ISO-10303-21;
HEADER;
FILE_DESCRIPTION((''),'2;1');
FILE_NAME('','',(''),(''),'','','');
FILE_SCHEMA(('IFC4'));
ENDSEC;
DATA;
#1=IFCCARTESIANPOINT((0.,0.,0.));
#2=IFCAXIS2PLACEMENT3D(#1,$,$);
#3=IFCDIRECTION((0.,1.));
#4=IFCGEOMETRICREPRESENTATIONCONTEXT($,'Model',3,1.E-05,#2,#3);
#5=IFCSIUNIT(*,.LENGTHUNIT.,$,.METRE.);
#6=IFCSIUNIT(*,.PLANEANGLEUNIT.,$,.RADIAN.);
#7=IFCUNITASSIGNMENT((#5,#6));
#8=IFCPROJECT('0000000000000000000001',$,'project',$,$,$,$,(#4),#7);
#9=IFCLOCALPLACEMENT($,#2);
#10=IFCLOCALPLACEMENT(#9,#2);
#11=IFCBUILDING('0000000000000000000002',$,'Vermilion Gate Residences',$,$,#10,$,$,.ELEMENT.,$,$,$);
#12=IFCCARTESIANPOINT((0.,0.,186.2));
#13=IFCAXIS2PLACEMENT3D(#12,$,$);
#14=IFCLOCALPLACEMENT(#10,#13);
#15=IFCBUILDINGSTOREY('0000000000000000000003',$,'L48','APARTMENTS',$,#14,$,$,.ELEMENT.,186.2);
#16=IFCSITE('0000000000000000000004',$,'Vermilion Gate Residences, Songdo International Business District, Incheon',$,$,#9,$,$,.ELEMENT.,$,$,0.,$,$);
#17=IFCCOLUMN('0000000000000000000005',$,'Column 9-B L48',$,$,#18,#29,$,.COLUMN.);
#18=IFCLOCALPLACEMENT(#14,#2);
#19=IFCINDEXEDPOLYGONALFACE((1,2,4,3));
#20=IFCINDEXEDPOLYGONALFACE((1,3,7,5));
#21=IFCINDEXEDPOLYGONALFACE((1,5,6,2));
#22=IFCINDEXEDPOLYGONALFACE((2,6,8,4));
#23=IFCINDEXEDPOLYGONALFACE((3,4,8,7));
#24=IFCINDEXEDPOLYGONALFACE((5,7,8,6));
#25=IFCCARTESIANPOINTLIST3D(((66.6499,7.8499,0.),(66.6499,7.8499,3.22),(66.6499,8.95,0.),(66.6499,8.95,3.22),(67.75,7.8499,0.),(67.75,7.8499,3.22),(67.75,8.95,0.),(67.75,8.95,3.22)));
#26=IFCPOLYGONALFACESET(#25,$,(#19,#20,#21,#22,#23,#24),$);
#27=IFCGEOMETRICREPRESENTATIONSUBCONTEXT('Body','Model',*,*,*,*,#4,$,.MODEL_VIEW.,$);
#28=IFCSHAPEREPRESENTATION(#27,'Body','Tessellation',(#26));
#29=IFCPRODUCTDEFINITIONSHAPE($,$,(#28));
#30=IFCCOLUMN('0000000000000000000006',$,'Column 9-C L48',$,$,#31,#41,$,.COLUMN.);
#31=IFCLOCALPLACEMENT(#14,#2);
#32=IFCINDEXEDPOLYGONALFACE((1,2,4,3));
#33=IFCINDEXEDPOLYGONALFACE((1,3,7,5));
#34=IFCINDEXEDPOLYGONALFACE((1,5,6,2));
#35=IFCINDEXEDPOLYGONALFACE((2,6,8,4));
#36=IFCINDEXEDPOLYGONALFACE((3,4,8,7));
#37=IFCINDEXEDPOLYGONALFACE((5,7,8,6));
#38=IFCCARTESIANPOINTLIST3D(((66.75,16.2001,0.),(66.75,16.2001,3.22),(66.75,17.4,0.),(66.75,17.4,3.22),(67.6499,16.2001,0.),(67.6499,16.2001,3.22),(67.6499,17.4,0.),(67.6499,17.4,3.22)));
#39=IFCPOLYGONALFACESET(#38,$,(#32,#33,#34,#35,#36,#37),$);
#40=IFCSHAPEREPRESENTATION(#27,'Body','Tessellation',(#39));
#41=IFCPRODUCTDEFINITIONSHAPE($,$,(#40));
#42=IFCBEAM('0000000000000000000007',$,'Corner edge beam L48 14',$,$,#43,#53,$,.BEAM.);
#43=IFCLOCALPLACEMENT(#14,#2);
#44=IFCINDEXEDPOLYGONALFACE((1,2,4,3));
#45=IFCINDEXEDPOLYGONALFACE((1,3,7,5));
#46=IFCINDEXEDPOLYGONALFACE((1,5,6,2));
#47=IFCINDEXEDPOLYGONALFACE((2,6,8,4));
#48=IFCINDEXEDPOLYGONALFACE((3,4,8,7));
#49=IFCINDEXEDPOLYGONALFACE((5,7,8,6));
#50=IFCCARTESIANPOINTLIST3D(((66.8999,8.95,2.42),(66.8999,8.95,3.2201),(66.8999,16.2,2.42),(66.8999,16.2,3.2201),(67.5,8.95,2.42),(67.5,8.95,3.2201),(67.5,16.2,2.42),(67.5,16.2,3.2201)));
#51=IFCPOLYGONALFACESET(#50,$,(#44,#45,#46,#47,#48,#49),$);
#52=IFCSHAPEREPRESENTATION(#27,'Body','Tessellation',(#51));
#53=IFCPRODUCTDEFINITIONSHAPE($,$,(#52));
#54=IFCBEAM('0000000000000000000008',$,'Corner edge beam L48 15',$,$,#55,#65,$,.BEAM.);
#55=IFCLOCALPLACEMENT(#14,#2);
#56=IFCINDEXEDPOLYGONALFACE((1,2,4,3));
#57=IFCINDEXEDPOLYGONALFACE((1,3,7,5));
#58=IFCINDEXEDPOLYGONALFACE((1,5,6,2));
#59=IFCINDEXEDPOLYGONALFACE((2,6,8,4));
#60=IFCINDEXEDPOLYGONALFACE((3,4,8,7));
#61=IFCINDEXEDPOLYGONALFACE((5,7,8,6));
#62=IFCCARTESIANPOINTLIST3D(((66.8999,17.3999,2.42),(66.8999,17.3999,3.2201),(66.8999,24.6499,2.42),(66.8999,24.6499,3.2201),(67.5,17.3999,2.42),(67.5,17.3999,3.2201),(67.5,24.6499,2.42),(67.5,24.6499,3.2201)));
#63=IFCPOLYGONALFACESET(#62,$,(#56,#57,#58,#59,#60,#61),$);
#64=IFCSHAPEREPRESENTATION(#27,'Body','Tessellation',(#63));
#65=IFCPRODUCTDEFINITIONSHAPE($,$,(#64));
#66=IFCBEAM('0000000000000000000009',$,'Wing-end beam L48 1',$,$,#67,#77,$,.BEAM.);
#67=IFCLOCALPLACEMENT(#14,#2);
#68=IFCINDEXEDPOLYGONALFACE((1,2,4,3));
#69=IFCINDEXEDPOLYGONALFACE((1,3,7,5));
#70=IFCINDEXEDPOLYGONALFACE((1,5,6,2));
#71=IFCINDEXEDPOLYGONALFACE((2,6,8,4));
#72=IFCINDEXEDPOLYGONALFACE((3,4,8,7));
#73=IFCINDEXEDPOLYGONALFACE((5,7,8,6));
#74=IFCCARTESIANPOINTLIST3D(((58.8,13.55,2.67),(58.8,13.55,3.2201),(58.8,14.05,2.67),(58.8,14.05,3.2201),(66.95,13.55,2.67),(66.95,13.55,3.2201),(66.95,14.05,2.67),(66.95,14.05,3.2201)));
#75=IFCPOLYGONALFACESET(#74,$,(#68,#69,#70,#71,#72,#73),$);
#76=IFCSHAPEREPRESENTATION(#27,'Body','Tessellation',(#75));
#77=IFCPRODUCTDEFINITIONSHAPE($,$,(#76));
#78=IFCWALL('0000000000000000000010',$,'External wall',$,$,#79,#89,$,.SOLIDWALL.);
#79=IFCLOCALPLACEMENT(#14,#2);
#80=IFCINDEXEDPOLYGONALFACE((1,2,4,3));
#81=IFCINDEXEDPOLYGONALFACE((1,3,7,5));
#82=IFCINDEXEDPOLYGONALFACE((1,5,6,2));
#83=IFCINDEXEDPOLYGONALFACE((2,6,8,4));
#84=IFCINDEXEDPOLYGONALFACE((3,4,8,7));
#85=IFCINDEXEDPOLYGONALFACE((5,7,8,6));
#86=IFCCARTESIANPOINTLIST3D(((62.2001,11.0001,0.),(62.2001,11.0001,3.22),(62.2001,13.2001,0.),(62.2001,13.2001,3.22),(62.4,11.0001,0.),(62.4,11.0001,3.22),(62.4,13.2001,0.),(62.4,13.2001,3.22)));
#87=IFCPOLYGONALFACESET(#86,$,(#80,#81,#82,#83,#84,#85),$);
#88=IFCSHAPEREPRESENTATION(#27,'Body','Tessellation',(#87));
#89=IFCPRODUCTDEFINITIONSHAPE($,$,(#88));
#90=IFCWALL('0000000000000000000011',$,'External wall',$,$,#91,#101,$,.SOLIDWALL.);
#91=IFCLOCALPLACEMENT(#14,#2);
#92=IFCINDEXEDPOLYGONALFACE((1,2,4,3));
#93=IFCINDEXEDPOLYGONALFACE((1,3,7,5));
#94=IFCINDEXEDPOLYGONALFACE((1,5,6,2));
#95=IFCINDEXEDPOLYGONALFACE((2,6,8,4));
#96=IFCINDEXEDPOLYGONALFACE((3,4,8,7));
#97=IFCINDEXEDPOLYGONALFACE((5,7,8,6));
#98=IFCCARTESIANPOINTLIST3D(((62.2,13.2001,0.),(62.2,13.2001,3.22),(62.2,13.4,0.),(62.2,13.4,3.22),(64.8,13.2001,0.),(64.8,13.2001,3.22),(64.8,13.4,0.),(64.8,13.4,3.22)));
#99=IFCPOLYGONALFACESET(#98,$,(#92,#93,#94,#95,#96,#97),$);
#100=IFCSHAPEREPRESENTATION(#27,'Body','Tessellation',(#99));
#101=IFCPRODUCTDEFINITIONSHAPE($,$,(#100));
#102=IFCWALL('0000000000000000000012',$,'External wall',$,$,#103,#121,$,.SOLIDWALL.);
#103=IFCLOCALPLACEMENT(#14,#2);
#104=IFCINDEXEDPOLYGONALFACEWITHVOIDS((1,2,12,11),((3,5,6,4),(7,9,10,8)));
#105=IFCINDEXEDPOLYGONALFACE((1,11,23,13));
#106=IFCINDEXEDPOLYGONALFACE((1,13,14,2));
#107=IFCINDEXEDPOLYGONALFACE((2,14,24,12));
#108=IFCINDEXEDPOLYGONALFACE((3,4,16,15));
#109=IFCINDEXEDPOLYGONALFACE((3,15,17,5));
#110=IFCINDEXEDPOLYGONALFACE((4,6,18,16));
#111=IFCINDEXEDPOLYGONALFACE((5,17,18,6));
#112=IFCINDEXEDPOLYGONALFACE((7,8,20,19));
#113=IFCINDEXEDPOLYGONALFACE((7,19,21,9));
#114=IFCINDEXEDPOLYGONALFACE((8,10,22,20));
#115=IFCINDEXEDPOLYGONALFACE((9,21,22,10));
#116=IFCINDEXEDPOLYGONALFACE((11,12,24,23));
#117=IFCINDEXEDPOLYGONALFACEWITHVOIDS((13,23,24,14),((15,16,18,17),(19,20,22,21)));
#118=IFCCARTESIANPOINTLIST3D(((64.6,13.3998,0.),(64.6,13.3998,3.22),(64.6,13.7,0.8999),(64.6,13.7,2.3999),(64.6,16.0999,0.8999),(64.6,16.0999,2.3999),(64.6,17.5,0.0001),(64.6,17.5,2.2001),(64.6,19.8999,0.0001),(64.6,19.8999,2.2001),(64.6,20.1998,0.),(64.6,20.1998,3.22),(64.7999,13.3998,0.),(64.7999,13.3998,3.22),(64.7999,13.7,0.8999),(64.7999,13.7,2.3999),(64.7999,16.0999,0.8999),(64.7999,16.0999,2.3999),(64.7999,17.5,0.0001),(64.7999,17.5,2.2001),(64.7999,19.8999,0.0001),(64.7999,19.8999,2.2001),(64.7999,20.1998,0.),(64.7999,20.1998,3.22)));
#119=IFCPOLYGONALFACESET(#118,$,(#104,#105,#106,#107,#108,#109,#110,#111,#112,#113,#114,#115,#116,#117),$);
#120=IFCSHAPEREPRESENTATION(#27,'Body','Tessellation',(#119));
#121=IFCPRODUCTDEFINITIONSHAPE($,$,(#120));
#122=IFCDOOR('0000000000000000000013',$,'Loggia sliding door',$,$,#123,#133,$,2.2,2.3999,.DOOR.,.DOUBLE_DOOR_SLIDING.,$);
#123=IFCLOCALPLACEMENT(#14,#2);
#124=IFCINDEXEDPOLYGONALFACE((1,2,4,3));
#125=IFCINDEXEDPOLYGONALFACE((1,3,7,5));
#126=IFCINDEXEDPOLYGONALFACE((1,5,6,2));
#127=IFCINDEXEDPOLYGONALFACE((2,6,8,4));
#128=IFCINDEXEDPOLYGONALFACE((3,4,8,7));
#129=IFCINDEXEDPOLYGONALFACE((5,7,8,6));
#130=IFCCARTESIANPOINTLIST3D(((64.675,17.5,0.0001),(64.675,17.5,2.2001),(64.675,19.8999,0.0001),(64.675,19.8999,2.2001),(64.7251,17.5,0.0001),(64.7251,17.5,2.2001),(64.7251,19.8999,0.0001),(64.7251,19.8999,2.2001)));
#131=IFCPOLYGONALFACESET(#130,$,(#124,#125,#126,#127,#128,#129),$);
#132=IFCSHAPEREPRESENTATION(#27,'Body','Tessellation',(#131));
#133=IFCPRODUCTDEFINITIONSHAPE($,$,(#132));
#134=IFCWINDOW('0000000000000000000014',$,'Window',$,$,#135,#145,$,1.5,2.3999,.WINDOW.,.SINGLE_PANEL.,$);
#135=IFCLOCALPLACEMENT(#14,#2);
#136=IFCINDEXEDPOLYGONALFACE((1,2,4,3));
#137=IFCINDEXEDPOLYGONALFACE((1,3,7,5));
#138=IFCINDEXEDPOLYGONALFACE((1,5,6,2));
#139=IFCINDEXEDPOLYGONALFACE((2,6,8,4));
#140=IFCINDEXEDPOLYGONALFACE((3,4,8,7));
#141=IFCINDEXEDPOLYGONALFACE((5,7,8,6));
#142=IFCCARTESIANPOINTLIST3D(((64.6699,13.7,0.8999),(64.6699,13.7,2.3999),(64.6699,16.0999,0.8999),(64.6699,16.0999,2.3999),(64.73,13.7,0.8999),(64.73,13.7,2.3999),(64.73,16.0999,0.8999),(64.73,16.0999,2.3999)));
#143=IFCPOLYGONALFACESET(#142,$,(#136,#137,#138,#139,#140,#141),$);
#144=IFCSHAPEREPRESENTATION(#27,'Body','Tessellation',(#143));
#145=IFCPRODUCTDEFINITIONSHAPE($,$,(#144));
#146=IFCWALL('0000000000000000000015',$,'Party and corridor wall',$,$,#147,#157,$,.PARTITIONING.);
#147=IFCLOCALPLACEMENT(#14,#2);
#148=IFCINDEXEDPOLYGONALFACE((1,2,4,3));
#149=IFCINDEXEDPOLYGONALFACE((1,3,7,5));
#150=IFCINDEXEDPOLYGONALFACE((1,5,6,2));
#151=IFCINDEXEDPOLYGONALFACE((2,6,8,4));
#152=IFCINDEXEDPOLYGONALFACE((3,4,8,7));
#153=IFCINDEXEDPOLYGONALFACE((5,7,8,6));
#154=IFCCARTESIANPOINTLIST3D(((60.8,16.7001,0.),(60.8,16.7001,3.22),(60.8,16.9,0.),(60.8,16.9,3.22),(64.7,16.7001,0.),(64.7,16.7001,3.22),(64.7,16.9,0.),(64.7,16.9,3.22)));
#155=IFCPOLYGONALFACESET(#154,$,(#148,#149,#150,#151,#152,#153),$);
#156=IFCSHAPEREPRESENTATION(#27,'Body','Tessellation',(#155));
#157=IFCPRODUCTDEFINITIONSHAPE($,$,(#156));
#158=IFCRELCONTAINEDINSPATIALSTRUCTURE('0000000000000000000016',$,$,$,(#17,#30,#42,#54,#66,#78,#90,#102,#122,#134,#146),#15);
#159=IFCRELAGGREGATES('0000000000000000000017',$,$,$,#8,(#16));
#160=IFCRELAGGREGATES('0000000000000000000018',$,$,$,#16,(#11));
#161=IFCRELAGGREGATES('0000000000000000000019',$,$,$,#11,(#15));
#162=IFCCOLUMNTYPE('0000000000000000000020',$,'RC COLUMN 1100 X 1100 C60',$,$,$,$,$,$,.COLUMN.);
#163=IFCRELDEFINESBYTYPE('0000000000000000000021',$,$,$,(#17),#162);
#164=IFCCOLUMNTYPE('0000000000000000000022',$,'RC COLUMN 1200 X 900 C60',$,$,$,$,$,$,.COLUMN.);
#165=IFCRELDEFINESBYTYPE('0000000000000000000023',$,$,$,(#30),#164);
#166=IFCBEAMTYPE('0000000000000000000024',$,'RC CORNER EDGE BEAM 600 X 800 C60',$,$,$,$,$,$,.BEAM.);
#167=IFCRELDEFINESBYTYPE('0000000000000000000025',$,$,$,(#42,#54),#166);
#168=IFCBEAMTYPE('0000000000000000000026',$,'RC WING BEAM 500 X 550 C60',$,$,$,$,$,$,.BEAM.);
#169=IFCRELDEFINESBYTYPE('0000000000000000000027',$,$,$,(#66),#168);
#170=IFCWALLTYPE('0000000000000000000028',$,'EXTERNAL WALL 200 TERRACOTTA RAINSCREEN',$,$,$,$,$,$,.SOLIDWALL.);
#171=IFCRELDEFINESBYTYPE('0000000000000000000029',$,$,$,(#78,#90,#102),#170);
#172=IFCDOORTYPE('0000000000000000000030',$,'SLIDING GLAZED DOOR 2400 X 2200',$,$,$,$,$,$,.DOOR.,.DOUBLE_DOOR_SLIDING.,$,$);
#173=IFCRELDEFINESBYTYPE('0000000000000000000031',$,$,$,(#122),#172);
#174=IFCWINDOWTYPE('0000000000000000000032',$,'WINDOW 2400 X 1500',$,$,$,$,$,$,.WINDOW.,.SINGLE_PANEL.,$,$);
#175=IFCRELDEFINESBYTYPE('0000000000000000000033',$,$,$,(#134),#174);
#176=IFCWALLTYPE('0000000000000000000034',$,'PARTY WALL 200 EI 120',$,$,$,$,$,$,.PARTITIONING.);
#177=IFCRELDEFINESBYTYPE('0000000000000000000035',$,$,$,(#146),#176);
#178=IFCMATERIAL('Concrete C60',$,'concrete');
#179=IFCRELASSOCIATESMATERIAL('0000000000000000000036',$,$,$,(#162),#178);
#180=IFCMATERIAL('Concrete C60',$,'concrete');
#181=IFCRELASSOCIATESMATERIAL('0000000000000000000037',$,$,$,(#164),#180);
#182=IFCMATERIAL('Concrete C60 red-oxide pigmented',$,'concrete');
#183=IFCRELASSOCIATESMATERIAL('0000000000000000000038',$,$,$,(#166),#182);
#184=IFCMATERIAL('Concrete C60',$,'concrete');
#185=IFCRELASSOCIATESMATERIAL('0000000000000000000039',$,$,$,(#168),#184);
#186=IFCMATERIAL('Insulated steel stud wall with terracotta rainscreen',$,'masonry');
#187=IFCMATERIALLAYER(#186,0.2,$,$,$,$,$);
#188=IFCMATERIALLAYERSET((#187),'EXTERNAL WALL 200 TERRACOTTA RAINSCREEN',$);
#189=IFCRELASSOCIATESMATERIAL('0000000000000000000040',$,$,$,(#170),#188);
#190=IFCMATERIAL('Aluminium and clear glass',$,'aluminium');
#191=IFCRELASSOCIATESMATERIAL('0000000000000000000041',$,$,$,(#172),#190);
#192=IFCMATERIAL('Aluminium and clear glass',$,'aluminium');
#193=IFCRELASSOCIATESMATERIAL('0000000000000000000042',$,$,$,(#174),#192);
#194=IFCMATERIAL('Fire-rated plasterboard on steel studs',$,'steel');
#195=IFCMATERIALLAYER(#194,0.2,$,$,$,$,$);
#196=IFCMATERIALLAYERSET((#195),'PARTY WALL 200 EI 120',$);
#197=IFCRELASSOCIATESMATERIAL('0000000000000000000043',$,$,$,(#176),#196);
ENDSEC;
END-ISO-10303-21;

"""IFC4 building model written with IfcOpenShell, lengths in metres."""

from ifc_helpers import new_model, si_unit, direction, frame, frame_2d, origin, origin_2d, place, context, subcontext, project, spatial, rectangle, extrude, material, layer, layer_set, material_profile, profile_set, type_object, element, fill, save


model = new_model("IFC4")

# Units and contexts
model_context = context("Model", 3, precision=1e-05, world=origin(), true_north=direction((0.0, 1.0)))
body_context = subcontext(model_context, "Body", "Model", "MODEL_VIEW")
ifc_project = project(units=[si_unit("LENGTHUNIT", "METRE"), si_unit("PLANEANGLEUNIT", "RADIAN")], contexts=[model_context])

# Site, building, storey
site_placement = place(None, origin())
site = spatial("IfcSite", under=ifc_project, at=site_placement, Name="Vermilion Gate Residences, Songdo International Business District, Incheon", CompositionType="ELEMENT", RefElevation=0.0)
building_placement = place(site_placement, origin())
building = spatial("IfcBuilding", under=site, at=building_placement, Name="Vermilion Gate Residences", CompositionType="ELEMENT")
storey_placement = place(building_placement, frame((0.0, 0.0, 186.2)))
storey = spatial("IfcBuildingStorey", under=building, at=storey_placement, Name="L48", Description="APARTMENTS", CompositionType="ELEMENT", Elevation=186.2)

# Columns
ifc_material_1 = material(Name="Concrete C60", Category="concrete")
ifc_material_profile_1 = material_profile(ifc_material_1, rectangle(XDim=1.1001, YDim=1.1001, at=origin_2d()), Name="RC-1100x1100")
ifc_profile_set_1 = profile_set([ifc_material_profile_1], Name="Concrete C60")
column_type_1 = type_object("IfcColumnType", Name="RC COLUMN 1100 X 1100 C60", PredefinedType="COLUMN", material=ifc_profile_set_1)
column_1_placement = place(storey_placement, frame((67.2, 8.3999, 0.0), z_axis=(0.0, 0.0, 1.0), x_axis=(1.0, 0.0, 0.0)))
element("IfcColumn", 1, at=column_1_placement, inside=storey, type_object=column_type_1, Name="Column 9-B L48", PredefinedType="COLUMN", context=body_context, shape_type="SweptSolid", body=[
    extrude(rectangle(XDim=1.1001, YDim=1.1001, at=origin_2d()), origin(), (0.0, 0.0, 1.0), 3.22),
])
ifc_material_2 = material(Name="Concrete C60", Category="concrete")
ifc_material_profile_2 = material_profile(ifc_material_2, rectangle(XDim=1.2, YDim=0.8999, at=origin_2d()), Name="RC-1200x900")
ifc_profile_set_2 = profile_set([ifc_material_profile_2], Name="Concrete C60")
column_type_2 = type_object("IfcColumnType", Name="RC COLUMN 1200 X 900 C60", PredefinedType="COLUMN", material=ifc_profile_set_2)
column_2_placement = place(storey_placement, frame((67.2, 16.8, 0.0), z_axis=(0.0, 0.0, 1.0), x_axis=(0.0, 1.0, 0.0)))
element("IfcColumn", 2, at=column_2_placement, inside=storey, type_object=column_type_2, Name="Column 9-C L48", PredefinedType="COLUMN", context=body_context, shape_type="SweptSolid", body=[
    extrude(rectangle(XDim=1.2, YDim=0.8999, at=origin_2d()), origin(), (0.0, 0.0, 1.0), 3.22),
])

# Beams
ifc_material_3 = material(Name="Concrete C60 red-oxide pigmented", Category="concrete")
ifc_material_profile_3 = material_profile(ifc_material_3, rectangle(XDim=0.6001, YDim=0.8, at=origin_2d()), Name="RC-600x800")
ifc_profile_set_3 = profile_set([ifc_material_profile_3], Name="Concrete C60 red-oxide pigmented")
beam_type_1 = type_object("IfcBeamType", Name="RC CORNER EDGE BEAM 600 X 800 C60", PredefinedType="BEAM", material=ifc_profile_set_3)
for number, where, z_axis, x_axis, name in (
    (3, (67.2, 8.95, 2.8201), (0.0, 1.0, 0.0), (-1.0, 0.0, 0.0), "Corner edge beam L48 14"),
    (4, (67.2, 17.3999, 2.8201), (0.0, 1.0, 0.0), (-1.0, 0.0, 0.0), "Corner edge beam L48 15"),
):
    element("IfcBeam", number, at=place(storey_placement, frame(where, z_axis=z_axis, x_axis=x_axis)), inside=storey, type_object=beam_type_1, Name=name, PredefinedType="BEAM", context=body_context, shape_type="SweptSolid", body=[
        extrude(rectangle(XDim=0.6001, YDim=0.8, at=origin_2d()), origin(), (0.0, 0.0, 1.0), 7.25),
    ])
ifc_material_4 = material(Name="Concrete C60", Category="concrete")
ifc_material_profile_4 = material_profile(ifc_material_4, rectangle(XDim=0.5, YDim=0.55, at=origin_2d()), Name="RC-500x550")
ifc_profile_set_4 = profile_set([ifc_material_profile_4], Name="Concrete C60")
beam_type_2 = type_object("IfcBeamType", Name="RC WING BEAM 500 X 550 C60", PredefinedType="BEAM", material=ifc_profile_set_4)
beam_placement = place(storey_placement, frame((58.8, 13.8, 2.9451), z_axis=(1.0, 0.0, 0.0), x_axis=(0.0, 1.0, 0.0)))
element("IfcBeam", 5, at=beam_placement, inside=storey, type_object=beam_type_2, Name="Wing-end beam L48 1", PredefinedType="BEAM", context=body_context, shape_type="SweptSolid", body=[
    extrude(rectangle(XDim=0.5, YDim=0.55, at=origin_2d()), origin(), (0.0, 0.0, 1.0), 8.1499),
])

# Walls
ifc_material_5 = material(Name="Insulated steel stud wall with terracotta rainscreen", Category="masonry")
ifc_layer_1 = layer(ifc_material_5, 0.2)
ifc_layer_set_1 = layer_set([ifc_layer_1], Name="EXTERNAL WALL 200 TERRACOTTA RAINSCREEN")
wall_type_1 = type_object("IfcWallType", Name="EXTERNAL WALL 200 TERRACOTTA RAINSCREEN", PredefinedType="SOLIDWALL", material=ifc_layer_set_1)
wall_1_placement = place(storey_placement, frame((62.3, 11.0, 0.0), z_axis=(0.0, 0.0, 1.0), x_axis=(0.0, 1.0, 0.0)))
element("IfcWall", 6, at=wall_1_placement, inside=storey, type_object=wall_type_1, Name="External wall", PredefinedType="SOLIDWALL", context=body_context, shape_type="SweptSolid", body=[
    extrude(rectangle(XDim=2.2, YDim=0.2, at=frame_2d((1.1001, 0.0))), origin(), (0.0, 0.0, 1.0), 3.22),
])
wall_2_placement = place(storey_placement, frame((62.2, 13.3, 0.0), z_axis=(0.0, 0.0, 1.0), x_axis=(1.0, 0.0, 0.0)))
element("IfcWall", 7, at=wall_2_placement, inside=storey, type_object=wall_type_1, Name="External wall", PredefinedType="SOLIDWALL", context=body_context, shape_type="SweptSolid", body=[
    extrude(rectangle(XDim=2.6001, YDim=0.2, at=frame_2d((1.3, 0.0))), origin(), (0.0, 0.0, 1.0), 3.22),
])

# Wall, openings, door, window
wall_3_placement = place(storey_placement, frame((64.7, 13.3999, 0.0), z_axis=(0.0, 0.0, 1.0), x_axis=(0.0, 1.0, 0.0)))
wall_3 = element("IfcWall", 8, at=wall_3_placement, inside=storey, type_object=wall_type_1, Name="External wall", PredefinedType="SOLIDWALL", context=body_context, shape_type="SweptSolid", body=[
    extrude(rectangle(XDim=6.8, YDim=0.2, at=frame_2d((3.3999, 0.0))), origin(), (0.0, 0.0, 1.0), 3.22),
])
opening_1_placement = place(wall_3_placement, frame((0.3, 0.0, 0.8999)))
opening_1 = element("IfcOpeningElement", 9, at=opening_1_placement, cuts=wall_3, PredefinedType="OPENING", context=body_context, shape_type="SweptSolid", body=[
    extrude(rectangle(XDim=2.3999, YDim=1.5, at=frame_2d((1.2, 0.75))), frame((0.0, 0.1099, 0.0), z_axis=(0.0, -1.0, 0.0), x_axis=(1.0, 0.0, 0.0)), (0.0, 0.0, 1.0), 0.22),
])
opening_2_placement = place(wall_3_placement, frame((4.1001, 0.0, 0.0)))
opening_2 = element("IfcOpeningElement", 10, at=opening_2_placement, cuts=wall_3, PredefinedType="OPENING", context=body_context, shape_type="SweptSolid", body=[
    extrude(rectangle(XDim=2.3999, YDim=2.2, at=frame_2d((1.2, 1.1001))), frame((0.0, 0.1099, 0.0), z_axis=(0.0, -1.0, 0.0), x_axis=(1.0, 0.0, 0.0)), (0.0, 0.0, 1.0), 0.22),
])
ifc_material_6 = material(Name="Aluminium and clear glass", Category="aluminium")
door_type_1 = type_object("IfcDoorType", Name="SLIDING GLAZED DOOR 2400 X 2200", OperationType="DOUBLE_DOOR_SLIDING", PredefinedType="DOOR", material=ifc_material_6)
door_1_placement = place(opening_2_placement, origin())
door_1 = element("IfcDoor", 11, at=door_1_placement, inside=storey, type_object=door_type_1, Name="Loggia sliding door", OperationType="DOUBLE_DOOR_SLIDING", OverallHeight=2.2, OverallWidth=2.3999, PredefinedType="DOOR", context=body_context, shape_type="SweptSolid", body=[
    extrude(rectangle(XDim=2.3999, YDim=2.2, at=frame_2d((1.2, 1.1001))), frame((0.0, 0.0249, 0.0), z_axis=(0.0, -1.0, 0.0), x_axis=(1.0, 0.0, 0.0)), (0.0, 0.0, 1.0), 0.05),
])
fill(opening_2, door_1)
ifc_material_7 = material(Name="Aluminium and clear glass", Category="aluminium")
window_type = type_object("IfcWindowType", Name="WINDOW 2400 X 1500", PartitioningType="SINGLE_PANEL", PredefinedType="WINDOW", material=ifc_material_7)
window_placement = place(opening_1_placement, origin())
window = element("IfcWindow", 12, at=window_placement, inside=storey, type_object=window_type, Name="Window", OverallHeight=1.5, OverallWidth=2.3999, PartitioningType="SINGLE_PANEL", PredefinedType="WINDOW", context=body_context, shape_type="SweptSolid", body=[
    extrude(rectangle(XDim=2.3999, YDim=1.5, at=frame_2d((1.2, 0.75))), frame((0.0, 0.03, 0.0), z_axis=(0.0, -1.0, 0.0), x_axis=(1.0, 0.0, 0.0)), (0.0, 0.0, 1.0), 0.0601),
])
fill(opening_1, window)

# Wall
ifc_material_8 = material(Name="Fire-rated plasterboard on steel studs", Category="steel")
ifc_layer_2 = layer(ifc_material_8, 0.2)
ifc_layer_set_2 = layer_set([ifc_layer_2], Name="PARTY WALL 200 EI 120")
wall_type_2 = type_object("IfcWallType", Name="PARTY WALL 200 EI 120", PredefinedType="PARTITIONING", material=ifc_layer_set_2)
wall_4_placement = place(storey_placement, frame((60.8, 16.8, 0.0), z_axis=(0.0, 0.0, 1.0), x_axis=(1.0, 0.0, 0.0)))
element("IfcWall", 13, at=wall_4_placement, inside=storey, type_object=wall_type_2, Name="Party and corridor wall", PredefinedType="PARTITIONING", context=body_context, shape_type="SweptSolid", body=[
    extrude(rectangle(XDim=3.8999, YDim=0.2, at=frame_2d((1.95, 0.0))), origin(), (0.0, 0.0, 1.0), 3.22),
])

save(model, "model.ifc")
